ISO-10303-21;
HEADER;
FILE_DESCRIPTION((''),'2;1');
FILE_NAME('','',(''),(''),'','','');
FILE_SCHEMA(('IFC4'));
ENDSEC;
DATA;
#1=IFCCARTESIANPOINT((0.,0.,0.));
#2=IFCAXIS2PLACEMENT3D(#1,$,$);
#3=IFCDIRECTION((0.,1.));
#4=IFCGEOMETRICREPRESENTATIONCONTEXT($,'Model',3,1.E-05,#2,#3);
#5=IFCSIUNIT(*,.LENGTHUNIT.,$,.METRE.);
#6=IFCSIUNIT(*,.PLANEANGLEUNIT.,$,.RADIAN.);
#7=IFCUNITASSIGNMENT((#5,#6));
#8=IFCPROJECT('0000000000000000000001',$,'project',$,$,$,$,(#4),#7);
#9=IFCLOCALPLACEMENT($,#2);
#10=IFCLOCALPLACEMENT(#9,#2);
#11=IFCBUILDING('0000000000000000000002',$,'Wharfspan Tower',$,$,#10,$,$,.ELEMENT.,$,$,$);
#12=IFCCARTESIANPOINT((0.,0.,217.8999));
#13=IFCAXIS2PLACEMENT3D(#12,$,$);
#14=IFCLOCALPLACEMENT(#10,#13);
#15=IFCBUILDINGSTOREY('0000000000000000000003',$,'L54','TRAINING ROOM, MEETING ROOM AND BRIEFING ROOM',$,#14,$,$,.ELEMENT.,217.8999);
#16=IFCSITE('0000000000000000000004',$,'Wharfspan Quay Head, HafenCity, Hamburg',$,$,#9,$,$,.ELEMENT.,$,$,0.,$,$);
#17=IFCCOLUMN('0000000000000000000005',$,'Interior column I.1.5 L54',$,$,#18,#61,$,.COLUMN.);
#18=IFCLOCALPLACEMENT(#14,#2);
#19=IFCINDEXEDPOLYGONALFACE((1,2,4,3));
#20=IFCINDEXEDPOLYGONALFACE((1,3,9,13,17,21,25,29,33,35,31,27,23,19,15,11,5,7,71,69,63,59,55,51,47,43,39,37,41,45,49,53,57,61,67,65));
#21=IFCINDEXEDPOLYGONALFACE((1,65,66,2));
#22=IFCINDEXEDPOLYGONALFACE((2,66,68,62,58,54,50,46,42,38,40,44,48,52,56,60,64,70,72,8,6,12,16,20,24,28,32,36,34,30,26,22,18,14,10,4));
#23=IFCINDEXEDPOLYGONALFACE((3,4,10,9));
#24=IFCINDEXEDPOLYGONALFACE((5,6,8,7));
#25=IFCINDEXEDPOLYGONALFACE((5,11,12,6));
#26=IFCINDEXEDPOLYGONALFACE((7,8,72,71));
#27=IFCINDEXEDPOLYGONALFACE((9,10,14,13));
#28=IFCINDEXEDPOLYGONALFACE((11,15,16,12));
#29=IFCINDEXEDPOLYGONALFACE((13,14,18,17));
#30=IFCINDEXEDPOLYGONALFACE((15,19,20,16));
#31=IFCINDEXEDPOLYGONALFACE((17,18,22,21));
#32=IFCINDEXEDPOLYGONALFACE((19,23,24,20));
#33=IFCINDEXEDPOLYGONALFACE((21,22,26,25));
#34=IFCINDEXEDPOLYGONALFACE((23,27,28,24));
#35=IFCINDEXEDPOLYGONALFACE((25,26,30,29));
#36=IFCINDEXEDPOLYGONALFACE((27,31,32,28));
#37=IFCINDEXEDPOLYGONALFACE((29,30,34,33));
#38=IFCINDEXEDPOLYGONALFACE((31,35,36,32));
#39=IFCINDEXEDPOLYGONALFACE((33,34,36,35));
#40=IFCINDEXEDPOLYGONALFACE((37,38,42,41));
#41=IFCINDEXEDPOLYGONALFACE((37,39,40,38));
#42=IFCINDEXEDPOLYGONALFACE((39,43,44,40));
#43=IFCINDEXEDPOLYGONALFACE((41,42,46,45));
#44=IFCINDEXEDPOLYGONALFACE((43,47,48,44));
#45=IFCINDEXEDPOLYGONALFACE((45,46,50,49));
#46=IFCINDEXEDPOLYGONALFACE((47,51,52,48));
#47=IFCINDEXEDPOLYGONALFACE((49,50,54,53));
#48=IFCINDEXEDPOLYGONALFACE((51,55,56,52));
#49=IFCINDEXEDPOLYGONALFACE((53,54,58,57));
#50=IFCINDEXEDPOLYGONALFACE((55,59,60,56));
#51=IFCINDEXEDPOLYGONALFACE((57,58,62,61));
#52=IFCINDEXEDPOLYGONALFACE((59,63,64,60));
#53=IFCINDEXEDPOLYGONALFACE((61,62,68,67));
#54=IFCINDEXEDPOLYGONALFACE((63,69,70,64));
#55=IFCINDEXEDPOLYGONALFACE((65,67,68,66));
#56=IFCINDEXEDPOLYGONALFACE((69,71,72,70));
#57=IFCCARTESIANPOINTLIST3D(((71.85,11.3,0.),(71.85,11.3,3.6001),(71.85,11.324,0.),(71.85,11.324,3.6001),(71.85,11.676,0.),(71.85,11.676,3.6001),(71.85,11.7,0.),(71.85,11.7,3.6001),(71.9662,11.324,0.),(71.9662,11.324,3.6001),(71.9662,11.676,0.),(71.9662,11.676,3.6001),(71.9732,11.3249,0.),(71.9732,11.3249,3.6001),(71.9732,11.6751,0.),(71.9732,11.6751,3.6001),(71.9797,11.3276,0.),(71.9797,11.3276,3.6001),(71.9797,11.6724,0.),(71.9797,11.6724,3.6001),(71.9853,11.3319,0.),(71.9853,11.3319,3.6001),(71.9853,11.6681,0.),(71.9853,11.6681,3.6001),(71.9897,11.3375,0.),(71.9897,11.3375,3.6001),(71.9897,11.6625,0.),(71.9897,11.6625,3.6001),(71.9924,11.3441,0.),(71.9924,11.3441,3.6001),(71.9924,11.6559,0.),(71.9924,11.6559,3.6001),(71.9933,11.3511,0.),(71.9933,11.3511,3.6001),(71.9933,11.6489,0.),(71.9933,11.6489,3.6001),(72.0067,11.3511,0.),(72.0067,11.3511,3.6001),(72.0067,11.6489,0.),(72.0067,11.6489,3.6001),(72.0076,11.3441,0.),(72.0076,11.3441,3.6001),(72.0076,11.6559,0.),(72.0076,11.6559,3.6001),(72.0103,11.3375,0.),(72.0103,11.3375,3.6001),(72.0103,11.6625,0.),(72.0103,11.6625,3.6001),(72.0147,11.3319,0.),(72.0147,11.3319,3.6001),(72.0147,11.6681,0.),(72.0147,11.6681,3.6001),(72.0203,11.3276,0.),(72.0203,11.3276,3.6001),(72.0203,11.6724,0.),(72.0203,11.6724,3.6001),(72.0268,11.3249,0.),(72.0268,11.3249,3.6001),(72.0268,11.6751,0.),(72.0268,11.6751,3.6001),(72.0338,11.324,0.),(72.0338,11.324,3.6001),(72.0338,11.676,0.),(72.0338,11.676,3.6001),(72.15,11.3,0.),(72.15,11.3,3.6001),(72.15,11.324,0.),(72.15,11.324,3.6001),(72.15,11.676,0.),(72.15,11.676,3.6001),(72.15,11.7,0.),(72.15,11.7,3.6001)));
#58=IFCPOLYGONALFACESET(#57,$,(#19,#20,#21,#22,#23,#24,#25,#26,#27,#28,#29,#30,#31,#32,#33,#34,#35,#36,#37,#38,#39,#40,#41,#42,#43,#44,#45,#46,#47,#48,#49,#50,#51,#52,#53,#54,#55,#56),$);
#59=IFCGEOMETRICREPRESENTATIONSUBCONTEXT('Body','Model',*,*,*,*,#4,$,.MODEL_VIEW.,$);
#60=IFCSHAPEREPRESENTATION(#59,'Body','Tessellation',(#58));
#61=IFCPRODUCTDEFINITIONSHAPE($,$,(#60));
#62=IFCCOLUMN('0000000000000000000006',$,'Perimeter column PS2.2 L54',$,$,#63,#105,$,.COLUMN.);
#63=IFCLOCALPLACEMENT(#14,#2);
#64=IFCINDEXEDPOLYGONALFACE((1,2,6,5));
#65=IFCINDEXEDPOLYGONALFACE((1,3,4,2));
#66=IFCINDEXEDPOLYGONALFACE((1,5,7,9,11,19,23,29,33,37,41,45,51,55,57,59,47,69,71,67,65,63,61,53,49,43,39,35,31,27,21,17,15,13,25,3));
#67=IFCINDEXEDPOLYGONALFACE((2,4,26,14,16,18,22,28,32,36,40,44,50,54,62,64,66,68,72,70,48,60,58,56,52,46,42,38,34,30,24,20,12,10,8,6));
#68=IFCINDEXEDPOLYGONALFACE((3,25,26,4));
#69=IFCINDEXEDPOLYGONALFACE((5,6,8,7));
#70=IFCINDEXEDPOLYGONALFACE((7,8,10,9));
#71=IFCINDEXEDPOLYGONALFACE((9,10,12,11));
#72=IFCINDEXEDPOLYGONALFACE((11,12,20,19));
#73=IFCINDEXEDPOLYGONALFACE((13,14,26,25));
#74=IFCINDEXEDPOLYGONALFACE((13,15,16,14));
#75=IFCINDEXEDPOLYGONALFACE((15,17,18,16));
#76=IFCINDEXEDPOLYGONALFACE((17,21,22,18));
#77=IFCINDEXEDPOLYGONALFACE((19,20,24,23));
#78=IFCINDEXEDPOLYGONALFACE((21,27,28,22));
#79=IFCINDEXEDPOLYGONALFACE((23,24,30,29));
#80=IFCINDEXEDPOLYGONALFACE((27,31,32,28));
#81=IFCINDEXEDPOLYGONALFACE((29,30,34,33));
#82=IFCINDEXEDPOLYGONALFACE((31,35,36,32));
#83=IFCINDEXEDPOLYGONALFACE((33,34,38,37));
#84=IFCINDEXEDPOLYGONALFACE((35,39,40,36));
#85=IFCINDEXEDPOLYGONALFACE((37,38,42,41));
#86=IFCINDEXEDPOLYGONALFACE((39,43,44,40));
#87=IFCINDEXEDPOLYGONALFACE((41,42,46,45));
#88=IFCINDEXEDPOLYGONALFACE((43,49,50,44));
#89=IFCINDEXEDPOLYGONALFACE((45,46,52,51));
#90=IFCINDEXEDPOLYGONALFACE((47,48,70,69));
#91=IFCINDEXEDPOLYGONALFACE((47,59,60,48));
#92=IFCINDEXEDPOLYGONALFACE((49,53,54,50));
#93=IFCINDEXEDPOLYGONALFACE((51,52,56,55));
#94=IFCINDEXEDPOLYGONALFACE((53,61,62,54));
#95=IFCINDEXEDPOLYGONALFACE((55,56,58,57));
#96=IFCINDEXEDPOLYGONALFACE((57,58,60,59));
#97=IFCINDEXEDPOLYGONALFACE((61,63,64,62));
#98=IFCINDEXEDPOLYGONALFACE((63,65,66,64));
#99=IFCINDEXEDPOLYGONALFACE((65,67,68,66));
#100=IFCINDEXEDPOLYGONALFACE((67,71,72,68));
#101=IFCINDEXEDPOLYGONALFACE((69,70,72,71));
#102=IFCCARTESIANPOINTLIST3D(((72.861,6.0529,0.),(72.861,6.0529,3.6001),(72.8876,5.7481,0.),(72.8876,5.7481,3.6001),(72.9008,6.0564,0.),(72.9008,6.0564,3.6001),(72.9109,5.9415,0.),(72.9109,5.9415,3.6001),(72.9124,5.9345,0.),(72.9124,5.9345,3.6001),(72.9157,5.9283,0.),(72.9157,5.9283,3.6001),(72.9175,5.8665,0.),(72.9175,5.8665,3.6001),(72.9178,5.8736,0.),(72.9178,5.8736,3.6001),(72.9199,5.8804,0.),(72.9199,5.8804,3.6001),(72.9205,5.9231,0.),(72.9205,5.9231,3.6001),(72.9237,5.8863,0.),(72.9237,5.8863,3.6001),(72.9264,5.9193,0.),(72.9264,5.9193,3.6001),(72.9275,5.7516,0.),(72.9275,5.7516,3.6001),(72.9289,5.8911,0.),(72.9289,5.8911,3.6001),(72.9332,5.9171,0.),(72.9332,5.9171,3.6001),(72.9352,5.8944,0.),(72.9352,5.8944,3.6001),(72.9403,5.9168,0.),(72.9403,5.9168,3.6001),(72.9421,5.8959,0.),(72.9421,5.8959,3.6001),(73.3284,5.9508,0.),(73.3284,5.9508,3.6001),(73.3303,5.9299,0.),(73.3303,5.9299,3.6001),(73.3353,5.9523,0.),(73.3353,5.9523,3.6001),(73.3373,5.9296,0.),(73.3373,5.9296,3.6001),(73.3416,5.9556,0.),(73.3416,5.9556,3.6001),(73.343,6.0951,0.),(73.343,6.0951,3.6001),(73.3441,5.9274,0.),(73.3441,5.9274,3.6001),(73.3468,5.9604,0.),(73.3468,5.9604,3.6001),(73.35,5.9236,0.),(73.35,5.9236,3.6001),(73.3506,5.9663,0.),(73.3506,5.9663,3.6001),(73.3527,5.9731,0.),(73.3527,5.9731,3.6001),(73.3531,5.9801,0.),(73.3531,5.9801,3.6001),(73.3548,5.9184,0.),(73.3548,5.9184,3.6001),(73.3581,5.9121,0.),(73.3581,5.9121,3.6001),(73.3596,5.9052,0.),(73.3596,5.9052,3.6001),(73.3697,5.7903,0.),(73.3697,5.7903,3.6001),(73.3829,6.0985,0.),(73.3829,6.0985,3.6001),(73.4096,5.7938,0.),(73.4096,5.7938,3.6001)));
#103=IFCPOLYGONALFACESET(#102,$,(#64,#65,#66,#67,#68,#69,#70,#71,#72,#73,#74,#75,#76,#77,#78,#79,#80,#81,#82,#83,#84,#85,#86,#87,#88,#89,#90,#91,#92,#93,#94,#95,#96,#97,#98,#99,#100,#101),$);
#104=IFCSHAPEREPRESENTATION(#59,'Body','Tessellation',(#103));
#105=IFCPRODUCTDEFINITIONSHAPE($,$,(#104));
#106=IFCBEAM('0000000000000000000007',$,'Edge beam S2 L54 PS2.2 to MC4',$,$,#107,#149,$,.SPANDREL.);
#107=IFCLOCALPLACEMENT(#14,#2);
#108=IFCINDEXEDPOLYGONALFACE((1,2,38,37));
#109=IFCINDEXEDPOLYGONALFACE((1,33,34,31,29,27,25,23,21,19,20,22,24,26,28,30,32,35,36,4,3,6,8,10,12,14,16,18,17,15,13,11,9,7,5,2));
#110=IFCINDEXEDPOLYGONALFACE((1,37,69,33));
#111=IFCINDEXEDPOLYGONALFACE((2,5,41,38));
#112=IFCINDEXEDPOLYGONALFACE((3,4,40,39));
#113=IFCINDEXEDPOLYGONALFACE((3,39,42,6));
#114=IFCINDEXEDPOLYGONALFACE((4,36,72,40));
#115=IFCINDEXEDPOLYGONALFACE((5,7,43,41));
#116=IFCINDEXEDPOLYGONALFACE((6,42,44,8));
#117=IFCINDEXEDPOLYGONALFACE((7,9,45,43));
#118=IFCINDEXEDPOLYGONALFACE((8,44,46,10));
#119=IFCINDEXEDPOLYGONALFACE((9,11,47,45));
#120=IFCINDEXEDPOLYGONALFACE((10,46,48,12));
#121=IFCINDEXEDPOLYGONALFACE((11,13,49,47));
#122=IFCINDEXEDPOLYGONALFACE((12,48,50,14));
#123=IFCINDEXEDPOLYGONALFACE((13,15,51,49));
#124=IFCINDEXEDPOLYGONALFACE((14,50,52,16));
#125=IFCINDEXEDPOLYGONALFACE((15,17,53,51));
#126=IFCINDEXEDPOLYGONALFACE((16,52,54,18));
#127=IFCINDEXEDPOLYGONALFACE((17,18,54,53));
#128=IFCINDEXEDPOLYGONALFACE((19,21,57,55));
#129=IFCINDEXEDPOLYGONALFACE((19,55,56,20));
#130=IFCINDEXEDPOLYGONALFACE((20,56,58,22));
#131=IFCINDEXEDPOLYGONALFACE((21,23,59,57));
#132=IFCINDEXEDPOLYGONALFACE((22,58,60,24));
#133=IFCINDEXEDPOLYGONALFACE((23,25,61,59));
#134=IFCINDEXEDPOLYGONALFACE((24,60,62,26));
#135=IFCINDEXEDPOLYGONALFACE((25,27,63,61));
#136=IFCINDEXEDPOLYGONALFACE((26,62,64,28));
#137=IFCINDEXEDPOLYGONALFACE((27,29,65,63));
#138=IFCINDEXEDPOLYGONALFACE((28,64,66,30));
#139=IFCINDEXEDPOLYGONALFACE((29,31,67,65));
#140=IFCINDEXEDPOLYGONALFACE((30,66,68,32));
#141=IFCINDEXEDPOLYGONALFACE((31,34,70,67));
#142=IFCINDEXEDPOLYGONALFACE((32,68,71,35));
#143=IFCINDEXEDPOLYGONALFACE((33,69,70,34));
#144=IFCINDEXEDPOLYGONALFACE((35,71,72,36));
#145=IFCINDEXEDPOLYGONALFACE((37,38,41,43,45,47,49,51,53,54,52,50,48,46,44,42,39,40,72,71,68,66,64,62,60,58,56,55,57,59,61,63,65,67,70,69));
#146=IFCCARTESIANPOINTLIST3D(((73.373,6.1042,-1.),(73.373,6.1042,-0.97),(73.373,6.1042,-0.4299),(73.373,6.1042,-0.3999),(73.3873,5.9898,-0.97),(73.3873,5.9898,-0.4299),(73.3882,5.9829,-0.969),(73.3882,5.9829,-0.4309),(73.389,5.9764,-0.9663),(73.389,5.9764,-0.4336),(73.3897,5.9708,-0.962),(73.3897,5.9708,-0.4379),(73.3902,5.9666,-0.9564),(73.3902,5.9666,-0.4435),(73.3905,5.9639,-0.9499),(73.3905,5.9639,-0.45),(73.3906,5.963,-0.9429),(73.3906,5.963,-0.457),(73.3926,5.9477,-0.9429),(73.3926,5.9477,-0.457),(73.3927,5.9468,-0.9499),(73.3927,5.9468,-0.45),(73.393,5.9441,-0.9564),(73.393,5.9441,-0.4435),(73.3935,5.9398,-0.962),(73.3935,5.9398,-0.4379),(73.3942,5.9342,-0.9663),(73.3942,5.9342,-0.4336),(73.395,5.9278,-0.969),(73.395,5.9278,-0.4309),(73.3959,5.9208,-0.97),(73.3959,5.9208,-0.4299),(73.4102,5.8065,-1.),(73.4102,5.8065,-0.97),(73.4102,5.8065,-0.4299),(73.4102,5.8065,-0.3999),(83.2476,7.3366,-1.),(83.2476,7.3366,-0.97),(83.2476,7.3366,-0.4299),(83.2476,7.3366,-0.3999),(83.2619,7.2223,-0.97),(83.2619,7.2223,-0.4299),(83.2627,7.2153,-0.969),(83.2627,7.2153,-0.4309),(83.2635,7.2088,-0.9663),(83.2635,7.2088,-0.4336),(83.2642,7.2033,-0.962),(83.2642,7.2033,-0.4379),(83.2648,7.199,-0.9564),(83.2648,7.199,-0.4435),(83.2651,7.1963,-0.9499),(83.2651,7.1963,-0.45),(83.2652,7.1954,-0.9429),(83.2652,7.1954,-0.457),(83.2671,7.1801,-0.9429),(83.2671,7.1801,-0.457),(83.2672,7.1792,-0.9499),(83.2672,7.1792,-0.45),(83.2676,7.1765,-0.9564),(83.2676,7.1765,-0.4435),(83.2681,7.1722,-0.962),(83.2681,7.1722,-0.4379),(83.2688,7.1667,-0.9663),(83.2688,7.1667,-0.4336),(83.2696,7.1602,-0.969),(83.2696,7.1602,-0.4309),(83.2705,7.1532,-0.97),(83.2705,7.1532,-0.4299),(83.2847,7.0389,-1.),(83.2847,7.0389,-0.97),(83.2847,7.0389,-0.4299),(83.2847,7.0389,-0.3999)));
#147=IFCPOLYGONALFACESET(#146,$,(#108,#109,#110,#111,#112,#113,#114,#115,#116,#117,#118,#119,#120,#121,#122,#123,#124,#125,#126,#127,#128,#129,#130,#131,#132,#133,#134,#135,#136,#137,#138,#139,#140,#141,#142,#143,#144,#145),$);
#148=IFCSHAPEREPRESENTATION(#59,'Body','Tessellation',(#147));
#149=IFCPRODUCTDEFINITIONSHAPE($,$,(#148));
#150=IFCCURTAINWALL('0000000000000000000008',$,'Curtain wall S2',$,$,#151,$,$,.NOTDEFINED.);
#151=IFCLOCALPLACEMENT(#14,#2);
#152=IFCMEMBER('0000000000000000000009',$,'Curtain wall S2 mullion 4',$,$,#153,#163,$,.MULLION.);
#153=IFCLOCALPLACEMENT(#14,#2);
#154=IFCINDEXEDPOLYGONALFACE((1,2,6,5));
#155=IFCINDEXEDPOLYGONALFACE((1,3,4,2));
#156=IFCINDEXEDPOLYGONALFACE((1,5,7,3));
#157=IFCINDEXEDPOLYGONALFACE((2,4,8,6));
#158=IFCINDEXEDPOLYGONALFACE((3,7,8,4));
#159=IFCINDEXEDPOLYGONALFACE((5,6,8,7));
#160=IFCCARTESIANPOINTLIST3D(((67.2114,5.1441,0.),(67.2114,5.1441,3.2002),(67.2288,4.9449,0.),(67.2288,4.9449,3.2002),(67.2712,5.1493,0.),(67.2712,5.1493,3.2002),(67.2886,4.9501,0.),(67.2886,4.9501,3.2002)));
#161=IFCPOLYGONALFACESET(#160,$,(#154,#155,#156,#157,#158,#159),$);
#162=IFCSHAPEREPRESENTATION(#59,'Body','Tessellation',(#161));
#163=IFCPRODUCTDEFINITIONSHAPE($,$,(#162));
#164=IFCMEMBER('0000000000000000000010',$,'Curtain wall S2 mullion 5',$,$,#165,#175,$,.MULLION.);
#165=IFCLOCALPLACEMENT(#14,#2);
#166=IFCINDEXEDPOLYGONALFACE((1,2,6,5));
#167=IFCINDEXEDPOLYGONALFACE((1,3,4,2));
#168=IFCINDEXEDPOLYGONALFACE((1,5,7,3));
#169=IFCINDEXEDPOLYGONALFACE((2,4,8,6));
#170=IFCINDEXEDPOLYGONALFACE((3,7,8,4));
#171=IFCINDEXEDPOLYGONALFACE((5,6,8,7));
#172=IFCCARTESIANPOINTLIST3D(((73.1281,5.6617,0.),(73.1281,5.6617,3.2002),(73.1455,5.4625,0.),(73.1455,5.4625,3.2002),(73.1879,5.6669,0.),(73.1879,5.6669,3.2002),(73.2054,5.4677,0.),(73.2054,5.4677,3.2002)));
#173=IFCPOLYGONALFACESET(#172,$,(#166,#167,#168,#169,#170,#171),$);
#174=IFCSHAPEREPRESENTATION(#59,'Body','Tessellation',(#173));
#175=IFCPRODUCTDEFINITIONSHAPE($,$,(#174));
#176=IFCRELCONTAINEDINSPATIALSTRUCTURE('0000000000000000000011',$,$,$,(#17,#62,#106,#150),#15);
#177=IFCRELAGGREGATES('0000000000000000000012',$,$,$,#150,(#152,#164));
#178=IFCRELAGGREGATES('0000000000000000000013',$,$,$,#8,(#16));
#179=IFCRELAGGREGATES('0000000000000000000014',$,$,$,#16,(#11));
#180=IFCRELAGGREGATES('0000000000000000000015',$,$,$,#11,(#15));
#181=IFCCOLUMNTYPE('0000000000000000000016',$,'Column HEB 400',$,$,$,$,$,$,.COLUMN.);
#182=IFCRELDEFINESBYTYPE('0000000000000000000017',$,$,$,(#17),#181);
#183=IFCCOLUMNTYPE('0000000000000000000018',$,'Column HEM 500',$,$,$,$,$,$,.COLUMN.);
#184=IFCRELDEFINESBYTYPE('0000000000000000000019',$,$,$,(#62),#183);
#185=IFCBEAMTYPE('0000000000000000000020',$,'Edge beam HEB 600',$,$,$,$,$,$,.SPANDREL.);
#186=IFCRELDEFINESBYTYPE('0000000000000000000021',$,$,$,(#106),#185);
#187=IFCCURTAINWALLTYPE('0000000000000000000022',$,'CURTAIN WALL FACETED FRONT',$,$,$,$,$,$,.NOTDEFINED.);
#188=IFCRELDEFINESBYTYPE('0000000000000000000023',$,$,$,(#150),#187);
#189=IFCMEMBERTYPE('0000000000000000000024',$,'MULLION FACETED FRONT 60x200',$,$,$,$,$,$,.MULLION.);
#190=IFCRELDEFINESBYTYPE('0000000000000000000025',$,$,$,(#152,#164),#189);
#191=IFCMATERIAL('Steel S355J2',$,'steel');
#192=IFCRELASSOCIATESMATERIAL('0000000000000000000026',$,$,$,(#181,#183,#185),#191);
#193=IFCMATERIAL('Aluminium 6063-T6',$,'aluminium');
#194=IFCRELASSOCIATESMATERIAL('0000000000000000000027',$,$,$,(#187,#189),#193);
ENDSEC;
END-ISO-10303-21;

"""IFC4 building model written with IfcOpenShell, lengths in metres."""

from ifc_helpers import new_model, si_unit, direction, frame, origin, origin_2d, place, context, subcontext, project, spatial, rectangle, i_section, extrude, material, material_profile, profile_set, type_object, element, aggregate, save


model = new_model("IFC4")

# Units and contexts
model_context = context("Model", 3, precision=1e-05, world=origin(), true_north=direction((0.0, 1.0)))
body_context = subcontext(model_context, "Body", "Model", "MODEL_VIEW")
ifc_project = project(units=[si_unit("LENGTHUNIT", "METRE"), si_unit("PLANEANGLEUNIT", "RADIAN")], contexts=[model_context])

# Site, building, storey
site_placement = place(None, origin())
site = spatial("IfcSite", under=ifc_project, at=site_placement, Name="Wharfspan Quay Head, HafenCity, Hamburg", CompositionType="ELEMENT", RefElevation=0.0)
building_placement = place(site_placement, origin())
building = spatial("IfcBuilding", under=site, at=building_placement, Name="Wharfspan Tower", CompositionType="ELEMENT")
storey_placement = place(building_placement, frame((0.0, 0.0, 217.8999)))
storey = spatial("IfcBuildingStorey", under=building, at=storey_placement, Name="L54", Description="TRAINING ROOM, MEETING ROOM AND BRIEFING ROOM", CompositionType="ELEMENT", Elevation=217.8999)

# Columns
ifc_material_1 = material(Name="Steel S355J2", Category="steel")
ifc_material_profile_1 = material_profile(ifc_material_1, i_section(OverallWidth=0.3, OverallDepth=0.3999, WebThickness=0.0134, FlangeThickness=0.0239, FilletRadius=0.0271, at=origin_2d()))
ifc_profile_set_1 = profile_set([ifc_material_profile_1], Name="Steel S355J2")
column_type_1 = type_object("IfcColumnType", Name="Column HEB 400", PredefinedType="COLUMN", material=ifc_profile_set_1)
column_1_placement = place(storey_placement, frame((72.0, 11.5, 0.0), z_axis=(0.0, 0.0, 1.0), x_axis=(1.0, 0.0, 0.0)))
element("IfcColumn", 1, at=column_1_placement, inside=storey, type_object=column_type_1, Name="Interior column I.1.5 L54", PredefinedType="COLUMN", context=body_context, shape_type="SweptSolid", body=[
    extrude(i_section(OverallWidth=0.3, OverallDepth=0.3999, WebThickness=0.0134, FlangeThickness=0.0239, FilletRadius=0.0271, at=origin_2d()), origin(), (0.0, 0.0, 1.0), 3.6001),
])
ifc_material_profile_2 = material_profile(ifc_material_1, i_section(OverallWidth=0.3059, OverallDepth=0.5239, WebThickness=0.021, FlangeThickness=0.04, FilletRadius=0.0271, at=origin_2d()))
ifc_profile_set_2 = profile_set([ifc_material_profile_2], Name="Steel S355J2")
column_type_2 = type_object("IfcColumnType", Name="Column HEM 500", PredefinedType="COLUMN", material=ifc_profile_set_2)
column_2_placement = place(storey_placement, frame((73.1353, 5.9233, 0.0), z_axis=(0.0, 0.0, 1.0), x_axis=(0.087156, -0.996197, 0.0)))
element("IfcColumn", 2, at=column_2_placement, inside=storey, type_object=column_type_2, Name="Perimeter column PS2.2 L54", PredefinedType="COLUMN", context=body_context, shape_type="SweptSolid", body=[
    extrude(i_section(OverallWidth=0.3059, OverallDepth=0.5239, WebThickness=0.021, FlangeThickness=0.04, FilletRadius=0.0271, at=origin_2d()), origin(), (0.0, 0.0, 1.0), 3.6001),
])

# Beam
ifc_material_profile_3 = material_profile(ifc_material_1, i_section(OverallWidth=0.3, OverallDepth=0.6001, WebThickness=0.0154, FlangeThickness=0.03, FilletRadius=0.0271, at=origin_2d()))
ifc_profile_set_3 = profile_set([ifc_material_profile_3], Name="Steel S355J2")
beam_type = type_object("IfcBeamType", Name="Edge beam HEB 600", PredefinedType="SPANDREL", material=ifc_profile_set_3)
beam_placement = place(storey_placement, frame((73.3916, 5.9553, -0.7), z_axis=(0.992301, 0.123848, 0.0), x_axis=(-0.123848, 0.992301, 0.0)))
element("IfcBeam", 3, at=beam_placement, inside=storey, type_object=beam_type, Name="Edge beam S2 L54 PS2.2 to MC4", PredefinedType="SPANDREL", context=body_context, shape_type="SweptSolid", body=[
    extrude(i_section(OverallWidth=0.3, OverallDepth=0.6001, WebThickness=0.0154, FlangeThickness=0.03, FilletRadius=0.0271, at=origin_2d()), origin(), (0.0, 0.0, 1.0), 9.9512),
])

# Curtain wall, members
ifc_material_2 = material(Name="Aluminium 6063-T6", Category="aluminium")
curtain_wall_type = type_object("IfcCurtainWallType", Name="CURTAIN WALL FACETED FRONT", PredefinedType="NOTDEFINED", material=ifc_material_2)
curtain_wall_placement = place(storey_placement, origin())
curtain_wall = element("IfcCurtainWall", 4, at=curtain_wall_placement, inside=storey, type_object=curtain_wall_type, Name="Curtain wall S2", PredefinedType="NOTDEFINED")
ifc_material_profile_4 = material_profile(ifc_material_2, rectangle(XDim=0.2, YDim=0.0601, at=origin_2d()))
ifc_profile_set_4 = profile_set([ifc_material_profile_4], Name="Aluminium 6063-T6")
member_type_1 = type_object("IfcMemberType", Name="MULLION FACETED FRONT 60x200", PredefinedType="MULLION", material=ifc_profile_set_4)
member_1_placement = place(storey_placement, frame((67.25, 5.0471, 0.0), z_axis=(0.0, 0.0, 1.0), x_axis=(-0.087156, 0.996197, 0.0)))
member_1 = element("IfcMember", 5, at=member_1_placement, type_object=member_type_1, Name="Curtain wall S2 mullion 4", PredefinedType="MULLION", context=body_context, shape_type="SweptSolid", body=[
    extrude(rectangle(XDim=0.2, YDim=0.0601, at=origin_2d()), origin(), (0.0, 0.0, 1.0), 3.2002),
])
member_2_placement = place(storey_placement, frame((73.1667, 5.5647, 0.0), z_axis=(0.0, 0.0, 1.0), x_axis=(-0.087156, 0.996197, 0.0)))
member_2 = element("IfcMember", 6, at=member_2_placement, type_object=member_type_1, Name="Curtain wall S2 mullion 5", PredefinedType="MULLION", context=body_context, shape_type="SweptSolid", body=[
    extrude(rectangle(XDim=0.2, YDim=0.0601, at=origin_2d()), origin(), (0.0, 0.0, 1.0), 3.2002),
])

aggregate(curtain_wall, [member_1, member_2])

save(model, "model.ifc")
